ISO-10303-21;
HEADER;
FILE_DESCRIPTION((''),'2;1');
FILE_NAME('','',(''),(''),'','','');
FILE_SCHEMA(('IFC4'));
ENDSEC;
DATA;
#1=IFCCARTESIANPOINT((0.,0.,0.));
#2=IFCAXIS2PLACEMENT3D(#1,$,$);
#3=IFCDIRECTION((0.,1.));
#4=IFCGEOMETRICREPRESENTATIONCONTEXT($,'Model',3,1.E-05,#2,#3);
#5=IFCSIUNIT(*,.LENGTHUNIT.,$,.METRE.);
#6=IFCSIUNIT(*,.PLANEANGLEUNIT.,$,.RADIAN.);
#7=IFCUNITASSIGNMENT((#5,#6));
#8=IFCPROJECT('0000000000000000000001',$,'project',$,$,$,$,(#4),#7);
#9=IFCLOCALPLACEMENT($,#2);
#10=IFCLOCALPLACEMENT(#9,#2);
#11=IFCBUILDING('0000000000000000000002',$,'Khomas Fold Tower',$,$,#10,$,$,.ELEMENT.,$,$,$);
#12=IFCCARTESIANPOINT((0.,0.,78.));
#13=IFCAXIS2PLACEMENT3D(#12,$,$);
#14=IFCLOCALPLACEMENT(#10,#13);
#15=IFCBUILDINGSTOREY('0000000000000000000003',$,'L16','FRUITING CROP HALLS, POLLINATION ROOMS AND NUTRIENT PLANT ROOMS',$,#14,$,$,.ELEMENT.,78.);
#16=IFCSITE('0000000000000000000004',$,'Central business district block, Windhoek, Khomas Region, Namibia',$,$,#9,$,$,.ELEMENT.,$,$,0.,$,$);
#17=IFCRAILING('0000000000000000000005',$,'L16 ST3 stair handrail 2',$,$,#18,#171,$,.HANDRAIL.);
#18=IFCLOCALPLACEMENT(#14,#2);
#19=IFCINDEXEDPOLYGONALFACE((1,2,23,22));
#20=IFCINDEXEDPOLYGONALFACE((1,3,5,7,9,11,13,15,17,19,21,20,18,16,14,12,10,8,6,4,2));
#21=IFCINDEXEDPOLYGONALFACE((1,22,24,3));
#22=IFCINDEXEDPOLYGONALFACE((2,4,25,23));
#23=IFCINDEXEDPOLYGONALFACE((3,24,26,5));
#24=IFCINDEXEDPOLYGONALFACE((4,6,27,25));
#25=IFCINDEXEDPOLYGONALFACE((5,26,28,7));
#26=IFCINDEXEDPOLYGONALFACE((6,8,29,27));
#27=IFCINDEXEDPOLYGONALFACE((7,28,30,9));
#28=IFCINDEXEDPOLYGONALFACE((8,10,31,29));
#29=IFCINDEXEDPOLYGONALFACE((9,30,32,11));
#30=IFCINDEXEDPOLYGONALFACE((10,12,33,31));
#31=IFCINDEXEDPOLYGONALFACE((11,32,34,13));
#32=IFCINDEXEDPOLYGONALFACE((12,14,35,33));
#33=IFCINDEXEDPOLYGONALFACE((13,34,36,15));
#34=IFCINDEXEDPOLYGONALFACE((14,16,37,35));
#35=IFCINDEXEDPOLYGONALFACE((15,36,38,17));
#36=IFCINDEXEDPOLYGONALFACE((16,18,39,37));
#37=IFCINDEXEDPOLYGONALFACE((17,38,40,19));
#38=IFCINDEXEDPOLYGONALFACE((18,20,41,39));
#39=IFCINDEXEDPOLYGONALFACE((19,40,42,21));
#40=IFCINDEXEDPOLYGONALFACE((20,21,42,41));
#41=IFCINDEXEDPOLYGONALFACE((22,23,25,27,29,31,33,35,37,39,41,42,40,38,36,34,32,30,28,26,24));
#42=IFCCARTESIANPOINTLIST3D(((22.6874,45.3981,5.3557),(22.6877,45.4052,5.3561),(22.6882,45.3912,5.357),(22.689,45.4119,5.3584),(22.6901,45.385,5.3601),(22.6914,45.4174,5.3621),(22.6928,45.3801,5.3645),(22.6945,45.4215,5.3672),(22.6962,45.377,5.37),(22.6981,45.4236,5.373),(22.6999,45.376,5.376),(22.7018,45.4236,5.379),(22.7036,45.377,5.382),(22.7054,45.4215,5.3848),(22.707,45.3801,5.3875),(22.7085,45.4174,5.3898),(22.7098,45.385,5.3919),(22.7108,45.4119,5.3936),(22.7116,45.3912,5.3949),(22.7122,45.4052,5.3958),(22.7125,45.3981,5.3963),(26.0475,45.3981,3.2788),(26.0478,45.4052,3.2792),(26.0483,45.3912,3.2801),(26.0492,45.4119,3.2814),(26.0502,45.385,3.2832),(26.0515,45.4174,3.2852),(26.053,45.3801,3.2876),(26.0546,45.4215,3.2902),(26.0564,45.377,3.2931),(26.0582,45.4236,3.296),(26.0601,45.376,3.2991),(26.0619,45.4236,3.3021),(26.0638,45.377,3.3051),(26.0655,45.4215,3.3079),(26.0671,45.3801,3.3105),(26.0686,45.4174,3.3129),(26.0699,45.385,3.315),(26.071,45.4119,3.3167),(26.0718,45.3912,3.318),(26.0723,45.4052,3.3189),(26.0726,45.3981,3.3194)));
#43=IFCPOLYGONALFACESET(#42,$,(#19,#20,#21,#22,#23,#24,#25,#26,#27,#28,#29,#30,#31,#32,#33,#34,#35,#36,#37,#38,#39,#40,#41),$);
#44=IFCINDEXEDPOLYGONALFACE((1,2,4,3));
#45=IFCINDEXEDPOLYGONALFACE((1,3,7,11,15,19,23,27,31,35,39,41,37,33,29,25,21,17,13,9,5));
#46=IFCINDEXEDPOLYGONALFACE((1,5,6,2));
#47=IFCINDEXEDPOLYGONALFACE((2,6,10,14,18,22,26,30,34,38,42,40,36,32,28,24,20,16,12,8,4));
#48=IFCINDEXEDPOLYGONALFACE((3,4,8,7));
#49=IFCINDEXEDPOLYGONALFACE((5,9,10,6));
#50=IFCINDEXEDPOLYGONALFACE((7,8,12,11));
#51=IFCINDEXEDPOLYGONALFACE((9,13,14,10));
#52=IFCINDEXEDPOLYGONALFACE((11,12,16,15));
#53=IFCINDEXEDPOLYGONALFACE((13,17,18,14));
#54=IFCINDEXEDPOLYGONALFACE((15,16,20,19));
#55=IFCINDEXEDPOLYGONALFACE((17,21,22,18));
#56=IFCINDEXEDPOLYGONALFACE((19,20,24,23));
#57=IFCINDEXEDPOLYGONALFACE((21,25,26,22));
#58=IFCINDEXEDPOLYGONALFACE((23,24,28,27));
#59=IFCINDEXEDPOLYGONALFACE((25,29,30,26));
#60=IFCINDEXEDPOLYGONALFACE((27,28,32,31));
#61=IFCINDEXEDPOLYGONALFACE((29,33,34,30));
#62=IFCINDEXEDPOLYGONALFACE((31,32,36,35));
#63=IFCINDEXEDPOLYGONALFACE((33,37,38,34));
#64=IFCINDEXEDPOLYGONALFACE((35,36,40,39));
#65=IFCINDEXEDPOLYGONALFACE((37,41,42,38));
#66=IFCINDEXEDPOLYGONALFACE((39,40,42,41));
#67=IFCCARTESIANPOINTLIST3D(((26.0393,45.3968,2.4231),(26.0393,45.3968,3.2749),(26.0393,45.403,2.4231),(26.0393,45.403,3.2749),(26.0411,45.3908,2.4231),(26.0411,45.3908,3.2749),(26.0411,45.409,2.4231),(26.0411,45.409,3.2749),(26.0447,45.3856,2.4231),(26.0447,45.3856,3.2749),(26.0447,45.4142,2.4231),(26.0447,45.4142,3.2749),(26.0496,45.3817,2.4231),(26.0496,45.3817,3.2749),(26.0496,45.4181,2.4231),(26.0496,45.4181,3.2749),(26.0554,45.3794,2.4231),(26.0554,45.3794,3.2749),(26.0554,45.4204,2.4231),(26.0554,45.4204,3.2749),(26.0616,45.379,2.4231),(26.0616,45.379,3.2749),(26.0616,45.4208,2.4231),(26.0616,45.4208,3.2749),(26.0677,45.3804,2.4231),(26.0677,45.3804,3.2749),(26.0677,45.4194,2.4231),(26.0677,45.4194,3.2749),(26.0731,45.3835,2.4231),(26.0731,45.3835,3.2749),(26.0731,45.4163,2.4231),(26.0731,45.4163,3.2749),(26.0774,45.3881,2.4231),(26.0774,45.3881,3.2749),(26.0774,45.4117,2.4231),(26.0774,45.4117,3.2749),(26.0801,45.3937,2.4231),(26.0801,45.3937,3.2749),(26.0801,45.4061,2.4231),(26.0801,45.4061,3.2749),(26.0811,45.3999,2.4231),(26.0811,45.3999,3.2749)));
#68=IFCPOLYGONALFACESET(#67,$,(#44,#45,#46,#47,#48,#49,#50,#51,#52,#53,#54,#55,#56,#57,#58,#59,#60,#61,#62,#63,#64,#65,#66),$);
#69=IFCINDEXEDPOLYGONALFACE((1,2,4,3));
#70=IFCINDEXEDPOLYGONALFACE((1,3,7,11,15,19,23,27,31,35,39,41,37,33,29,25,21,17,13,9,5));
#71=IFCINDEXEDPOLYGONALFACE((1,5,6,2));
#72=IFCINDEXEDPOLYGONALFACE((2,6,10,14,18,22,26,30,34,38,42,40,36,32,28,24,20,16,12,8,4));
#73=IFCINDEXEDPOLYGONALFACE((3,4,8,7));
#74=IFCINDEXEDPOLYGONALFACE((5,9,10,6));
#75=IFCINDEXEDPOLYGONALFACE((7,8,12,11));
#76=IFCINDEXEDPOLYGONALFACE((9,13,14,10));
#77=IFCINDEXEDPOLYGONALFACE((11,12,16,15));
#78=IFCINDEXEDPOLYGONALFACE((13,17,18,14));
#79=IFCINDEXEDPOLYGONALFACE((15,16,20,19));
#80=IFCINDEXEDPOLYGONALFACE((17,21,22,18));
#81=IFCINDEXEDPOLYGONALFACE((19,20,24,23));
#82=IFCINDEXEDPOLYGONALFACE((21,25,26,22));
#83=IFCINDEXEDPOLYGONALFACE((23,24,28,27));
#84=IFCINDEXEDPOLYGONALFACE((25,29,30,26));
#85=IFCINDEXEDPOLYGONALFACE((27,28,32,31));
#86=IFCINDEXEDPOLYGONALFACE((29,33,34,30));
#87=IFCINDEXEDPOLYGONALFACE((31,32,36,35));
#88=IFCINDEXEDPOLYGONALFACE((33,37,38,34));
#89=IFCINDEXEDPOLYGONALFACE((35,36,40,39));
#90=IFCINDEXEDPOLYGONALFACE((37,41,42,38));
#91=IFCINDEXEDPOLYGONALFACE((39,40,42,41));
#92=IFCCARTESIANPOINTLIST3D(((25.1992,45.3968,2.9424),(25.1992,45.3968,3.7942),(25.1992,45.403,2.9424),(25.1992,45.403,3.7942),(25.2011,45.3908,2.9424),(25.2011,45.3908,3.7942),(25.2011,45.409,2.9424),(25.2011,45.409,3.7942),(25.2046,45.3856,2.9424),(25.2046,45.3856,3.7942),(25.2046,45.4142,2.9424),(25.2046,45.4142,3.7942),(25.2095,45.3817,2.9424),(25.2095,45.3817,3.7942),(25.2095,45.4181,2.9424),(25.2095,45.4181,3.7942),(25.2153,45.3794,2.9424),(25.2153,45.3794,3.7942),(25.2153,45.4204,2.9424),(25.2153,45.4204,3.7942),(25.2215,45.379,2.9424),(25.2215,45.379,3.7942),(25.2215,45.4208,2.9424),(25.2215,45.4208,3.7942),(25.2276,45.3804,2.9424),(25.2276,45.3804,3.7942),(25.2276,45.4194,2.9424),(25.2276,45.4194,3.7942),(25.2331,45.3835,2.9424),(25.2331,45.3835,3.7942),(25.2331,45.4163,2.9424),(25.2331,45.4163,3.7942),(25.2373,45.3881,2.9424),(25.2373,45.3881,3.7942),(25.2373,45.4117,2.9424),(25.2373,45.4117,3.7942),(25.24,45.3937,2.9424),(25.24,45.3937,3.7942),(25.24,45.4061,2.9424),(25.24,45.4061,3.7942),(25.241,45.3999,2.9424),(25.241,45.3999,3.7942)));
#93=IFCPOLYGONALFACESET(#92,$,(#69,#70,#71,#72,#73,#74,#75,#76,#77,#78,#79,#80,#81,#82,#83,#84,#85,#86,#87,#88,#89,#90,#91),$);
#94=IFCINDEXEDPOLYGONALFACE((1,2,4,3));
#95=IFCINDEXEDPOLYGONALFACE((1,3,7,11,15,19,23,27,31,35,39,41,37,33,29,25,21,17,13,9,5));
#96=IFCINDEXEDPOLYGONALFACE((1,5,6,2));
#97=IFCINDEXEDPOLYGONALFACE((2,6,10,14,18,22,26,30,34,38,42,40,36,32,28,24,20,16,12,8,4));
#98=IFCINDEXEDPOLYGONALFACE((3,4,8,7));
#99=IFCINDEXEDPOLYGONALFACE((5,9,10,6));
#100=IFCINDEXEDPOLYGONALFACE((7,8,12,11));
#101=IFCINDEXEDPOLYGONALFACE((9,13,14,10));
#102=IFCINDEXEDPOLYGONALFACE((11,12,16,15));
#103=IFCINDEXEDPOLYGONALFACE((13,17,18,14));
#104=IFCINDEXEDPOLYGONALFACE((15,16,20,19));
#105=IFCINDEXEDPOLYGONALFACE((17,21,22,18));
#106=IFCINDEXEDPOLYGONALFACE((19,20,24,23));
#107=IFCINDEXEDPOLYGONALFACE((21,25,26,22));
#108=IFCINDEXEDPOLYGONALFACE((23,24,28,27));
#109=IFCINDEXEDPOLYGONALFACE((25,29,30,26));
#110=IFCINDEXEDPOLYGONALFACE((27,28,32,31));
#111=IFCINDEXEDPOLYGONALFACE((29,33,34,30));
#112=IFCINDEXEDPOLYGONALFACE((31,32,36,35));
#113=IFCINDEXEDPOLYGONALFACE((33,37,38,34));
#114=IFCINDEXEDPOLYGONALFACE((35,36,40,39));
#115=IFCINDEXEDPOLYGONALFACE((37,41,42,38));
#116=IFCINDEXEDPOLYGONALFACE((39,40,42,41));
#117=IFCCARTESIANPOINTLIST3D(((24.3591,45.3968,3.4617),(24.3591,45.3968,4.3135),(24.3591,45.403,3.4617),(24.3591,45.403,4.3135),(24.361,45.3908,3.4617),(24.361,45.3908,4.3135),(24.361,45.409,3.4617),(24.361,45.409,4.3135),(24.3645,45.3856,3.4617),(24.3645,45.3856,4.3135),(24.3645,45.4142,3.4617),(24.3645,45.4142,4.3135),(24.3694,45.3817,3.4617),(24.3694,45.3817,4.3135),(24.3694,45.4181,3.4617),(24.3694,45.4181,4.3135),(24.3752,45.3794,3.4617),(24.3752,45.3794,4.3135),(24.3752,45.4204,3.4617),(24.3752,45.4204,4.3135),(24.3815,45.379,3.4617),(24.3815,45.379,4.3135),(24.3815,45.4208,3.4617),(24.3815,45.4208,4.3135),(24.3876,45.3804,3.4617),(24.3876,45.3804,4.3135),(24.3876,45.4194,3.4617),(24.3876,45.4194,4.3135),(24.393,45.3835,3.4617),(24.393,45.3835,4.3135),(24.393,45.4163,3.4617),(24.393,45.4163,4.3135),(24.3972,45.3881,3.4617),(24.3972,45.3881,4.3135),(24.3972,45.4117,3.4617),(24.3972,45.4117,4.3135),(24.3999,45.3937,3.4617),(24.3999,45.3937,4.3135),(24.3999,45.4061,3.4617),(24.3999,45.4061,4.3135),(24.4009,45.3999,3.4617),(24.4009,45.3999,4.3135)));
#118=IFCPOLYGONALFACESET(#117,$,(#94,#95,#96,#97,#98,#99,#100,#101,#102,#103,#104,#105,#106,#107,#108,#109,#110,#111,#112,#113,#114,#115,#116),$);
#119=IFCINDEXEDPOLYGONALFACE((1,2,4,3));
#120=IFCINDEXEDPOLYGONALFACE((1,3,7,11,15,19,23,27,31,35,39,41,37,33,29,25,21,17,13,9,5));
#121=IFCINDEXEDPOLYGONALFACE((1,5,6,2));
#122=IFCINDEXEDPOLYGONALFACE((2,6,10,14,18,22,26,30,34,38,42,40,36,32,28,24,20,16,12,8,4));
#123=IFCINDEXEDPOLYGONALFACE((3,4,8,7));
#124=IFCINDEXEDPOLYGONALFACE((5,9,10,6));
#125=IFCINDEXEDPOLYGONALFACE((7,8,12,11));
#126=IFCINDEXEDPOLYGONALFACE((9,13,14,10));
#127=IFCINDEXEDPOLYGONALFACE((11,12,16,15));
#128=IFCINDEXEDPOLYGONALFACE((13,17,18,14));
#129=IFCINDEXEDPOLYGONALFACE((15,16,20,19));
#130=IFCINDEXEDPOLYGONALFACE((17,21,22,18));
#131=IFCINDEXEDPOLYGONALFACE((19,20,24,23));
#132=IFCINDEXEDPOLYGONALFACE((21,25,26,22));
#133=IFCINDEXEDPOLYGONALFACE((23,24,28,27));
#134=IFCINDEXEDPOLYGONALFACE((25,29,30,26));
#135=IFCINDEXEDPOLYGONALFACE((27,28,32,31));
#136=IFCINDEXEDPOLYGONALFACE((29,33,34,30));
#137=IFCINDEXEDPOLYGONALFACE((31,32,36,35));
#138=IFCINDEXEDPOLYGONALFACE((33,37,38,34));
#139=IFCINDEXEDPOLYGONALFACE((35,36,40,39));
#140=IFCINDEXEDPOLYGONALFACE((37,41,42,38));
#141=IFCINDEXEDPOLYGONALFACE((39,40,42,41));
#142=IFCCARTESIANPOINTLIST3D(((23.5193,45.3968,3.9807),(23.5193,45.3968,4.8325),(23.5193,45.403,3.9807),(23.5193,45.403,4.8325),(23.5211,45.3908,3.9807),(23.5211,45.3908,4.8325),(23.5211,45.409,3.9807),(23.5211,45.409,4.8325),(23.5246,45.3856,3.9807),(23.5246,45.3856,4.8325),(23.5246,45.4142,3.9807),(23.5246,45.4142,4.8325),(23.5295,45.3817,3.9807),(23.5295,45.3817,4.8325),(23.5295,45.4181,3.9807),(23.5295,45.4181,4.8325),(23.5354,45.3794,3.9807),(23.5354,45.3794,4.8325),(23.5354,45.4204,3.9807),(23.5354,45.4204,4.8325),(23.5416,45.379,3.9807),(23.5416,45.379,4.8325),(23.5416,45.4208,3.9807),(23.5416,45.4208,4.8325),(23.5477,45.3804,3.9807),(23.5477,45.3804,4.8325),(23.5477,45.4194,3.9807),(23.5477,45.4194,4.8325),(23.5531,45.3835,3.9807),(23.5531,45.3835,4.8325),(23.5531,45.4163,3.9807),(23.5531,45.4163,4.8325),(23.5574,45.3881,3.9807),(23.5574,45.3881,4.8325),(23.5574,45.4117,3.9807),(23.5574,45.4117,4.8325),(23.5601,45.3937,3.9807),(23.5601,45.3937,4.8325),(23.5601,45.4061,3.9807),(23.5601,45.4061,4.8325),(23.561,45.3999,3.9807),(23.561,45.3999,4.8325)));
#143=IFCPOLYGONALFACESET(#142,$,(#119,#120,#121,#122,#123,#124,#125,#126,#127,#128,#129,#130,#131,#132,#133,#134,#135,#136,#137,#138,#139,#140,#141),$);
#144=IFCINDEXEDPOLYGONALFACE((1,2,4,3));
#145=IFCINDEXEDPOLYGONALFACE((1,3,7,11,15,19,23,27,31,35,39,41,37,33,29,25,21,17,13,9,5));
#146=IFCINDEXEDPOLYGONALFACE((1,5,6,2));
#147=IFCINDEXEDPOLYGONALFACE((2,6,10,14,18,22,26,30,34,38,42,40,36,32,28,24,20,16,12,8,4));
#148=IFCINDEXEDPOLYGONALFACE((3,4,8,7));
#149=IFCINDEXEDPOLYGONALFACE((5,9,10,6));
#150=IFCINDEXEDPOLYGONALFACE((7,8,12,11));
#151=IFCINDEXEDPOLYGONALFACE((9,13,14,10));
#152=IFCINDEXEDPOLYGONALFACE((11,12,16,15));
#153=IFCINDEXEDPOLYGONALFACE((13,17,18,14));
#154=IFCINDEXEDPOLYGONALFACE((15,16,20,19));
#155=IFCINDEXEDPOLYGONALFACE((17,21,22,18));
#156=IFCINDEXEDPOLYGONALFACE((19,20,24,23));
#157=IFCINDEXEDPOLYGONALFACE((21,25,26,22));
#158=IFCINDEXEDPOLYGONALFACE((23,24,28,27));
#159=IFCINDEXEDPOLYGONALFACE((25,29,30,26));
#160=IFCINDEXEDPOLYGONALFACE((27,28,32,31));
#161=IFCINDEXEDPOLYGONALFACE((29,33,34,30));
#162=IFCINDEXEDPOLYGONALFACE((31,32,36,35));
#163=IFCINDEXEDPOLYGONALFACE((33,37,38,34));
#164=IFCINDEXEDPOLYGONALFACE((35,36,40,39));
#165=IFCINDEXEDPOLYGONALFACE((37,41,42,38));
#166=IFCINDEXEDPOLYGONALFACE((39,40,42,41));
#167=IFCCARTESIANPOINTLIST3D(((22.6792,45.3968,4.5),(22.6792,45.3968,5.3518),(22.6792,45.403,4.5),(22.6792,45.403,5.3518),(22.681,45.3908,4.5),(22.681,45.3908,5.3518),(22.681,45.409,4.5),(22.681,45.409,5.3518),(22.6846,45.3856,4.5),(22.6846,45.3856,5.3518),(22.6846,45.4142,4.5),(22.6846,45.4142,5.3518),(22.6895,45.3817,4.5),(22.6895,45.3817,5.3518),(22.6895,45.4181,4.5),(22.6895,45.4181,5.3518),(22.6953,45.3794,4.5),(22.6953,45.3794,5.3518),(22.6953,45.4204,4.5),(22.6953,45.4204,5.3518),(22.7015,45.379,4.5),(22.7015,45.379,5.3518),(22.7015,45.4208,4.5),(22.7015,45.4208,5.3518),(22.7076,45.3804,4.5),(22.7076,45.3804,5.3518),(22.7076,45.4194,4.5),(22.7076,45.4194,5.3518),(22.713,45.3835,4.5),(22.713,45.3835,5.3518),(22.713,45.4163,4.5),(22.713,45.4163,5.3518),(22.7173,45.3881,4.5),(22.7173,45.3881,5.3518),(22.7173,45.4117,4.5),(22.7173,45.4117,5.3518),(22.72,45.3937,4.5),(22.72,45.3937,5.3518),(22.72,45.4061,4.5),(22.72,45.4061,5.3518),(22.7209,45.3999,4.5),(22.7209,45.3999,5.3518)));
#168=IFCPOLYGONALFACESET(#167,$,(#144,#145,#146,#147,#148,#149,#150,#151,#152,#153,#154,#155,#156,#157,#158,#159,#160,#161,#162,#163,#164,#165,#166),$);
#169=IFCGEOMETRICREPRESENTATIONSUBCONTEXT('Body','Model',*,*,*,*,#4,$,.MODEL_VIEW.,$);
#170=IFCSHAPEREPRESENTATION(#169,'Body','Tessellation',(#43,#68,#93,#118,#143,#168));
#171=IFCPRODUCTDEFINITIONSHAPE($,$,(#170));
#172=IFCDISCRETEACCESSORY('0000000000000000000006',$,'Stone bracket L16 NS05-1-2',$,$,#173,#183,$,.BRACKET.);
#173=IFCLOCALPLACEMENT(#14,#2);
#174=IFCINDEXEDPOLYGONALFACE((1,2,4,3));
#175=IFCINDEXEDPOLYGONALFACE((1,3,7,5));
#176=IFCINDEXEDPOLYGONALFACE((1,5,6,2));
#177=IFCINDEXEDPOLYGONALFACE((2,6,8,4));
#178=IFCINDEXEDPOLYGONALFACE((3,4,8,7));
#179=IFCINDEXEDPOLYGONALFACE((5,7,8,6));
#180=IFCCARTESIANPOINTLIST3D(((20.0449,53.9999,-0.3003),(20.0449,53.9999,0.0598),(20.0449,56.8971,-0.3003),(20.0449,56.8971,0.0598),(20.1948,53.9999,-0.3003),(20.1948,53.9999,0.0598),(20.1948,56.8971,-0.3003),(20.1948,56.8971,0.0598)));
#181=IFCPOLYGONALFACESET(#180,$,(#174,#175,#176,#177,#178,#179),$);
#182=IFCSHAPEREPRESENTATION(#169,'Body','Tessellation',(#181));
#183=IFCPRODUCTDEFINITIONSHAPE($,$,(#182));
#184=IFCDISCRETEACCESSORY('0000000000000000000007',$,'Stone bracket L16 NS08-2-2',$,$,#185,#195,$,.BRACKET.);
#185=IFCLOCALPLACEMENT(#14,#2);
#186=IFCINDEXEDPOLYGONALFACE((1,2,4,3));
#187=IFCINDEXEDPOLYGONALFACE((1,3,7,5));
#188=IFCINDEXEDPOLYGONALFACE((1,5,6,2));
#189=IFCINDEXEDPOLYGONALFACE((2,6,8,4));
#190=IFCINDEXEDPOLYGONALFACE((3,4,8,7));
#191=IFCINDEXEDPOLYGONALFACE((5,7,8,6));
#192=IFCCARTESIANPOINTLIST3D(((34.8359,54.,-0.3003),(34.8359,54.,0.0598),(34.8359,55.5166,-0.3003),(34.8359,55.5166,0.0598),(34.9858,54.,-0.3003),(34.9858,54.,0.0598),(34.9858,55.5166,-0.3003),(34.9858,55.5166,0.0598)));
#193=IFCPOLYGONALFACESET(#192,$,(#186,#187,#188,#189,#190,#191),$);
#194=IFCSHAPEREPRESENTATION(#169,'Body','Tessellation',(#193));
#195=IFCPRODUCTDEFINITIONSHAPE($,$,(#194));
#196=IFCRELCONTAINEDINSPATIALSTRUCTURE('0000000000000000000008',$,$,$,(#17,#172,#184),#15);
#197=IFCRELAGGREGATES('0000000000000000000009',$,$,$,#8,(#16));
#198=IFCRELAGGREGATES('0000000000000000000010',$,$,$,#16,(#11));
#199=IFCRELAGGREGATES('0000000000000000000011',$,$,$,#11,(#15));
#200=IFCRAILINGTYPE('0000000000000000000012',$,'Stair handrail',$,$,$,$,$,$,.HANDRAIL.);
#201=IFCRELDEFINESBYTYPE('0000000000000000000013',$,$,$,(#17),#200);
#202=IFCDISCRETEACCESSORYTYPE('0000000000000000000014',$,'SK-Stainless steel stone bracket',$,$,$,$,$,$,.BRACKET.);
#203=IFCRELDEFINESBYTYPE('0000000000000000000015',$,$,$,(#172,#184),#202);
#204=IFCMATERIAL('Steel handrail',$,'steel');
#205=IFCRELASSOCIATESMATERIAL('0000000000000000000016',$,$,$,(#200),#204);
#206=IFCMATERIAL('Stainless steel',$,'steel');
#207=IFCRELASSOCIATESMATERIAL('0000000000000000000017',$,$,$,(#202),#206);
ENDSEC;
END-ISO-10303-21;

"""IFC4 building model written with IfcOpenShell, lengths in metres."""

from ifc_helpers import new_model, si_unit, direction, frame, origin, origin_2d, place, context, subcontext, project, spatial, rectangle, circle, extrude, source, transform, mapped, material, type_object, element, save


model = new_model("IFC4")

# Units and contexts
model_context = context("Model", 3, precision=1e-05, world=origin(), true_north=direction((0.0, 1.0)))
body_context = subcontext(model_context, "Body", "Model", "MODEL_VIEW")
ifc_project = project(units=[si_unit("LENGTHUNIT", "METRE"), si_unit("PLANEANGLEUNIT", "RADIAN")], contexts=[model_context])

# Site, building, storey
site_placement = place(None, origin())
site = spatial("IfcSite", under=ifc_project, at=site_placement, Name="Central business district block, Windhoek, Khomas Region, Namibia", CompositionType="ELEMENT", RefElevation=0.0)
building_placement = place(site_placement, origin())
building = spatial("IfcBuilding", under=site, at=building_placement, Name="Khomas Fold Tower", CompositionType="ELEMENT")
storey_placement = place(building_placement, frame((0.0, 0.0, 78.0)))
storey = spatial("IfcBuildingStorey", under=building, at=storey_placement, Name="L16", Description="FRUITING CROP HALLS, POLLINATION ROOMS AND NUTRIENT PLANT ROOMS", CompositionType="ELEMENT", Elevation=78.0)

# Railing
ifc_material_1 = material(Name="Steel handrail", Category="steel")
railing_type_1 = type_object("IfcRailingType", Name="Stair handrail", PredefinedType="HANDRAIL", material=ifc_material_1)
shared_shape_1 = source(origin(), body_context, "Body", "SweptSolid", [
    extrude(circle(Radius=0.0239, at=origin_2d()), frame((0.0, 0.0, 0.876), z_axis=(-0.850623, 0.0, 0.525776), x_axis=(0.0, -1.0, 0.0)), (0.0, 0.0, 1.0), 3.9502),
    extrude(circle(Radius=0.021, at=origin_2d()), origin(), (0.0, 0.0, 1.0), 0.8518),
    extrude(circle(Radius=0.021, at=origin_2d()), frame((-0.8401, 0.0, 0.5193)), (0.0, 0.0, 1.0), 0.8518),
    extrude(circle(Radius=0.021, at=origin_2d()), frame((-1.6802, 0.0, 1.0386)), (0.0, 0.0, 1.0), 0.8518),
    extrude(circle(Radius=0.021, at=origin_2d()), frame((-2.52, 0.0, 1.5576)), (0.0, 0.0, 1.0), 0.8518),
    extrude(circle(Radius=0.021, at=origin_2d()), frame((-3.3601, 0.0, 2.0769)), (0.0, 0.0, 1.0), 0.8518),
])
railing_1_placement = place(storey_placement, frame((26.0601, 45.3999, 2.4231)))
element("IfcRailing", 1, at=railing_1_placement, inside=storey, type_object=railing_type_1, Name="L16 ST3 stair handrail 2", PredefinedType="HANDRAIL", context=body_context, shape_type="MappedRepresentation", body=[
    mapped(shared_shape_1, transform((0.0, 0.0, 0.0))),
])

# Discrete accessories
ifc_material_2 = material(Name="Stainless steel", Category="steel")
discrete_accessory_type = type_object("IfcDiscreteAccessoryType", Name="SK-Stainless steel stone bracket", PredefinedType="BRACKET", material=ifc_material_2)
shared_shape_2 = source(origin(), body_context, "Body", "SweptSolid", [
    extrude(rectangle(XDim=2.8972, YDim=0.1499, at=origin_2d()), origin(), (0.0, 0.0, 1.0), 0.3601),
])
discrete_accessory_1_placement = place(storey_placement, frame((20.1199, 55.4485, -0.3003), z_axis=(0.0, 0.0, 1.0), x_axis=(0.0, 1.0, 0.0)))
element("IfcDiscreteAccessory", 2, at=discrete_accessory_1_placement, inside=storey, type_object=discrete_accessory_type, Name="Stone bracket L16 NS05-1-2", PredefinedType="BRACKET", context=body_context, shape_type="MappedRepresentation", body=[
    mapped(shared_shape_2, transform((0.0, 0.0, 0.0))),
])
shared_shape_3 = source(origin(), body_context, "Body", "SweptSolid", [
    extrude(rectangle(XDim=1.5166, YDim=0.1499, at=origin_2d()), origin(), (0.0, 0.0, 1.0), 0.3601),
])
discrete_accessory_2_placement = place(storey_placement, frame((34.9109, 54.7583, -0.3003), z_axis=(0.0, 0.0, 1.0), x_axis=(0.0, 1.0, 0.0)))
element("IfcDiscreteAccessory", 3, at=discrete_accessory_2_placement, inside=storey, type_object=discrete_accessory_type, Name="Stone bracket L16 NS08-2-2", PredefinedType="BRACKET", context=body_context, shape_type="MappedRepresentation", body=[
    mapped(shared_shape_3, transform((0.0, 0.0, 0.0))),
])

save(model, "model.ifc")
